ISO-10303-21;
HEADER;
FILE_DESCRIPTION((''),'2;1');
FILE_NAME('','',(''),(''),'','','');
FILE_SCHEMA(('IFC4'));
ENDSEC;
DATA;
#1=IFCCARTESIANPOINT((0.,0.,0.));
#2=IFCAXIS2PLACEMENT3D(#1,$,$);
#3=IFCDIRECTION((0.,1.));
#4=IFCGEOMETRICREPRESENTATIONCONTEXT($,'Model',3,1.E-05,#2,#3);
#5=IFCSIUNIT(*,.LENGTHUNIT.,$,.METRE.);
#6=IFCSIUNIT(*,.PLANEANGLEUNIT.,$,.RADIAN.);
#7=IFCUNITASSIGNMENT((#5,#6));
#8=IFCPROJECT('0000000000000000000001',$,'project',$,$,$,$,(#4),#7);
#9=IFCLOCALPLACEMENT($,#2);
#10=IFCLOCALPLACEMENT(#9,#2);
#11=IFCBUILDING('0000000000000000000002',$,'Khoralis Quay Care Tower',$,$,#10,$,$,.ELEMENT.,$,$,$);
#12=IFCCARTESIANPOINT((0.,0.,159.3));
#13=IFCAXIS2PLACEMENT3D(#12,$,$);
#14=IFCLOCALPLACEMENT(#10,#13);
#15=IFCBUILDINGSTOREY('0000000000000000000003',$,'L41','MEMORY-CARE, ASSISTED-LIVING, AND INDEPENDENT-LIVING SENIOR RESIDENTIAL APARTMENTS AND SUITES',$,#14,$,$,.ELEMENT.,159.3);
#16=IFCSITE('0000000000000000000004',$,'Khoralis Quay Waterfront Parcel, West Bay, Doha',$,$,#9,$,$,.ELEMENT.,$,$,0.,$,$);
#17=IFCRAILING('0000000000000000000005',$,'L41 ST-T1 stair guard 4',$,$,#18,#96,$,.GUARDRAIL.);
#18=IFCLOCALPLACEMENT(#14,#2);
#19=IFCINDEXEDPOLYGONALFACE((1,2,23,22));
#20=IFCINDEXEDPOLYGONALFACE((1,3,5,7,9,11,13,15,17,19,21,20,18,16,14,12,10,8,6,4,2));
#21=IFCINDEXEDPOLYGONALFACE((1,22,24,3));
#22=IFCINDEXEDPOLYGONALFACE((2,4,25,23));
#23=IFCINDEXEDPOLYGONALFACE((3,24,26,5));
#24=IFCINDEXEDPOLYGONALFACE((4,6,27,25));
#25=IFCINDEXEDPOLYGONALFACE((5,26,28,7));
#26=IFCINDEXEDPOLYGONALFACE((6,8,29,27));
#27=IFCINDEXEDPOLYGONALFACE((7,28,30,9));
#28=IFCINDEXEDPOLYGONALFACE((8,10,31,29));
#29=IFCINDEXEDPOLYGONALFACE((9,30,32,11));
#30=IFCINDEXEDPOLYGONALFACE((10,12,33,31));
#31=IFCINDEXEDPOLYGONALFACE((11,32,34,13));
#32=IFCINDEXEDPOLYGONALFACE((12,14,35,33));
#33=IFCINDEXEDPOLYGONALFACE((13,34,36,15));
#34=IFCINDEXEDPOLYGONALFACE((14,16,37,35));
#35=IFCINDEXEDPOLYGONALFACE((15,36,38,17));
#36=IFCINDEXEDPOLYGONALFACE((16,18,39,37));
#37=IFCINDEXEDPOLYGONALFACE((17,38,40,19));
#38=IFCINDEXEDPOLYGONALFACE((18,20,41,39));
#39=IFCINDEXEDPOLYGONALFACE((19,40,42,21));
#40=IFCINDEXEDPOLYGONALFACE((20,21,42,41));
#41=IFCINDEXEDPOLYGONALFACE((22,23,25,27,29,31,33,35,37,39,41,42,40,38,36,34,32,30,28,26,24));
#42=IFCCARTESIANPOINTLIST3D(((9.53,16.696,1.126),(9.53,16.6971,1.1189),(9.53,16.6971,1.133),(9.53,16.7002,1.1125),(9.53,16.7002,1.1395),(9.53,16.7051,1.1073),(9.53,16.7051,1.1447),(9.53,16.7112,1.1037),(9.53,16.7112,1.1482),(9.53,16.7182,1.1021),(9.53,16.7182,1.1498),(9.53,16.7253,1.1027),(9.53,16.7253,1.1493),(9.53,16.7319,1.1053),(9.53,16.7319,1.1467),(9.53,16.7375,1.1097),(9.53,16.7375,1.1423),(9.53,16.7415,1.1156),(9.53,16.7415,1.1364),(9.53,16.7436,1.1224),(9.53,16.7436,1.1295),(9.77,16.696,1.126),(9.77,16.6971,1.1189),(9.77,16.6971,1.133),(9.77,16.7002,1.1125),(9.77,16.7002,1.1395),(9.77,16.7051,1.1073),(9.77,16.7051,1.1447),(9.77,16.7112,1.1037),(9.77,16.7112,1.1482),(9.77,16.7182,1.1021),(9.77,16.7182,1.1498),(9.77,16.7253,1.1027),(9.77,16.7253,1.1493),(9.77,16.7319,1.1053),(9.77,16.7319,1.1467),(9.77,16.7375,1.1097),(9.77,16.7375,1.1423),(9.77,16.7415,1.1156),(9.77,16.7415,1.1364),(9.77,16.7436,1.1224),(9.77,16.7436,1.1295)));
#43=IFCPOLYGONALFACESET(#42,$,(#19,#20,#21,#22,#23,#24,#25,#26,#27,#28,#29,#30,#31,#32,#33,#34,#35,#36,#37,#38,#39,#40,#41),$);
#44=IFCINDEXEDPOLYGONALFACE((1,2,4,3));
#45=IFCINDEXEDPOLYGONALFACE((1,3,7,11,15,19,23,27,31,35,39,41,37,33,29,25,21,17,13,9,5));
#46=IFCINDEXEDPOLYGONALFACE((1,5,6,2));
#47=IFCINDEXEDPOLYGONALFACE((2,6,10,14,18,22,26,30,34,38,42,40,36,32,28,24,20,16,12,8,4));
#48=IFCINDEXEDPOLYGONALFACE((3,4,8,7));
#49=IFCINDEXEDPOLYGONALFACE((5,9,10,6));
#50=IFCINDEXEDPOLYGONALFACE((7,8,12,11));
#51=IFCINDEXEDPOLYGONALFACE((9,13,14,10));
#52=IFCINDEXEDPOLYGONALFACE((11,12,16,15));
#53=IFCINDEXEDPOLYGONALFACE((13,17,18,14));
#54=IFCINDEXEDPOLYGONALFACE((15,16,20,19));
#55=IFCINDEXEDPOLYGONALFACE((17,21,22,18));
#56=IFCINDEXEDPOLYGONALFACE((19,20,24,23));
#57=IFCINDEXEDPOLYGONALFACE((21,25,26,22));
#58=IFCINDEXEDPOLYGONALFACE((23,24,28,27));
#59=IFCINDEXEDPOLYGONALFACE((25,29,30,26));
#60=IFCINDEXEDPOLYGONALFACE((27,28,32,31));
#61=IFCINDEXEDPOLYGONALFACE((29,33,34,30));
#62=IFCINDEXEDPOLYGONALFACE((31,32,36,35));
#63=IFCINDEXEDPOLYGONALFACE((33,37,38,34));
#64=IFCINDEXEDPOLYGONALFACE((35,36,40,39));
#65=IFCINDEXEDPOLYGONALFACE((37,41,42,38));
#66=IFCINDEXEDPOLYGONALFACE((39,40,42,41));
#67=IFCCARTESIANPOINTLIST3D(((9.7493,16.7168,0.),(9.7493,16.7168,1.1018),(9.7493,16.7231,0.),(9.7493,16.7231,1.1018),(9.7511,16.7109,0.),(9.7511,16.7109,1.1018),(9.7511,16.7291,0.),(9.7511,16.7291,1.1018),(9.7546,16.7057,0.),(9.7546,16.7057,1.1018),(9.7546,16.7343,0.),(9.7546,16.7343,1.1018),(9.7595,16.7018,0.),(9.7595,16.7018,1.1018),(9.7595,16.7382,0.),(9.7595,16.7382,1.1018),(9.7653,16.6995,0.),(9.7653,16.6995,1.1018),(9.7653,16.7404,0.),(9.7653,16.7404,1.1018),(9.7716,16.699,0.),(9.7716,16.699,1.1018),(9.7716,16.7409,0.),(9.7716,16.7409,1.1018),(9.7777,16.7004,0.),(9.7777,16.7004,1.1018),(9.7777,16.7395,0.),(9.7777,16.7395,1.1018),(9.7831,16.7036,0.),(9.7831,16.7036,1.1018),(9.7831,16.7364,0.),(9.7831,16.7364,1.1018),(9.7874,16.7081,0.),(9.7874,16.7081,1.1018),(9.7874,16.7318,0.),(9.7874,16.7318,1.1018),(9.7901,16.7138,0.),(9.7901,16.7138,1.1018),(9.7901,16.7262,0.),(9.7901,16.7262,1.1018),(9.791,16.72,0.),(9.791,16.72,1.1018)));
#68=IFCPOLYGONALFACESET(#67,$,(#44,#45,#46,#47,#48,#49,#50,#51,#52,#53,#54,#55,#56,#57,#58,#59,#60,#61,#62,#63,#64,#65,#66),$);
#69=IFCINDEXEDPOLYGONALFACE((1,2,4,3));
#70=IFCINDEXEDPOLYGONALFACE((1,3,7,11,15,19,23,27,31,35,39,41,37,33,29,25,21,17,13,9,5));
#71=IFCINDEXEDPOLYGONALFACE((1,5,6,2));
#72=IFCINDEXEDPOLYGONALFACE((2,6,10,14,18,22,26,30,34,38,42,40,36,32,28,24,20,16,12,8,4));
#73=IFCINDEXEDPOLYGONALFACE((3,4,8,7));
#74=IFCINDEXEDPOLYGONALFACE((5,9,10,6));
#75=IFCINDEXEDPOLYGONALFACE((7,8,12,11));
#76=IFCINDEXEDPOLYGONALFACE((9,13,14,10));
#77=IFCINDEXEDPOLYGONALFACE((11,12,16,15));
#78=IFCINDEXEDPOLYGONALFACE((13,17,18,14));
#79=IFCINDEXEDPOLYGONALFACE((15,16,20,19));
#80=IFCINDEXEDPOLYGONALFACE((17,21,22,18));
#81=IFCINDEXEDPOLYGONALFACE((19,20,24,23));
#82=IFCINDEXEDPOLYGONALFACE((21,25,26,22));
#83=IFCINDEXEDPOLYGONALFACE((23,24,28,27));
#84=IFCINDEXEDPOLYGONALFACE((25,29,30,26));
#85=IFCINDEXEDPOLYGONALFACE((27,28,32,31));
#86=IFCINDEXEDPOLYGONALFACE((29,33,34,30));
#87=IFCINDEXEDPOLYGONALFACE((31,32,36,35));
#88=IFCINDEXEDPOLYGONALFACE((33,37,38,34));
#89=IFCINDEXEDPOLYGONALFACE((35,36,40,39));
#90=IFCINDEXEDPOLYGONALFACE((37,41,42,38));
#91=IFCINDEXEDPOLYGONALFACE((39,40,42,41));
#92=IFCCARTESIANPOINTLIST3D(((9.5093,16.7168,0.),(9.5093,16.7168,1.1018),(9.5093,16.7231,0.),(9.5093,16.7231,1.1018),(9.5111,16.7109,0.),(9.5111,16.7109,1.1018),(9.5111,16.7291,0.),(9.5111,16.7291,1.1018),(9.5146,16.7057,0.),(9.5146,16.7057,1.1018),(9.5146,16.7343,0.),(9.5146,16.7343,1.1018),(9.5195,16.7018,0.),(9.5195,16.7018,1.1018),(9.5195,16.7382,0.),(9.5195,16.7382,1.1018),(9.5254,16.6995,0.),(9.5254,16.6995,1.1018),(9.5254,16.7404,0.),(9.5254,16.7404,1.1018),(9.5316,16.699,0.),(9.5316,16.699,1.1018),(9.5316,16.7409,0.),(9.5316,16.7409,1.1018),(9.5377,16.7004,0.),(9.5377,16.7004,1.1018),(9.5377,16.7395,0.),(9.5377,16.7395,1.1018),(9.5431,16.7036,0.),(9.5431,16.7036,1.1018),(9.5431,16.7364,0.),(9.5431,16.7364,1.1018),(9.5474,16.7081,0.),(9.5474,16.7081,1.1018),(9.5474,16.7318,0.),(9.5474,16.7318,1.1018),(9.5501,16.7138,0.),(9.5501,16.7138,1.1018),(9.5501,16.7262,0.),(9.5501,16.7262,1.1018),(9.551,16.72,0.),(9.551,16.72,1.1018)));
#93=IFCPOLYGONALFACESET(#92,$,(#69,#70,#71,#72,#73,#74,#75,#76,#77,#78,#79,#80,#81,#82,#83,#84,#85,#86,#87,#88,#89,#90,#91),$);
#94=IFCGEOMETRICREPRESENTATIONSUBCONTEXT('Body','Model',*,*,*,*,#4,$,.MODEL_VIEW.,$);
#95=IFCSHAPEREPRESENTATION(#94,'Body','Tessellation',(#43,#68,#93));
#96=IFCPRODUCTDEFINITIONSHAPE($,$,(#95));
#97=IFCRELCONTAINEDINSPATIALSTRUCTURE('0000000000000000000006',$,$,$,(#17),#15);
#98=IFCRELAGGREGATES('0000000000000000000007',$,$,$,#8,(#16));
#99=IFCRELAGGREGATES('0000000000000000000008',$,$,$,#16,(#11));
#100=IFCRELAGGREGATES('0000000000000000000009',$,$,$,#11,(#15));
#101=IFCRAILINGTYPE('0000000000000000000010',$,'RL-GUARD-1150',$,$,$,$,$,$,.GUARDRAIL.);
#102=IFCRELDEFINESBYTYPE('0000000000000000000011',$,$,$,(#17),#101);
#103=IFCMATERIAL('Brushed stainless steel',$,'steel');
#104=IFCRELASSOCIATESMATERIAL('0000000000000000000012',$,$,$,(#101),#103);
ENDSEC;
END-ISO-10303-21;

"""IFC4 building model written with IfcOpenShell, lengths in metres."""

from ifc_helpers import new_model, si_unit, direction, frame, origin, origin_2d, place, context, subcontext, project, spatial, circle, extrude, material, type_object, element, save


model = new_model("IFC4")

# Units and contexts
model_context = context("Model", 3, precision=1e-05, world=origin(), true_north=direction((0.0, 1.0)))
body_context = subcontext(model_context, "Body", "Model", "MODEL_VIEW")
ifc_project = project(units=[si_unit("LENGTHUNIT", "METRE"), si_unit("PLANEANGLEUNIT", "RADIAN")], contexts=[model_context])

# Site, building, storey
site_placement = place(None, origin())
site = spatial("IfcSite", under=ifc_project, at=site_placement, Name="Khoralis Quay Waterfront Parcel, West Bay, Doha", CompositionType="ELEMENT", RefElevation=0.0)
building_placement = place(site_placement, origin())
building = spatial("IfcBuilding", under=site, at=building_placement, Name="Khoralis Quay Care Tower", CompositionType="ELEMENT")
storey_placement = place(building_placement, frame((0.0, 0.0, 159.3)))
storey = spatial("IfcBuildingStorey", under=building, at=storey_placement, Name="L41", Description="MEMORY-CARE, ASSISTED-LIVING, AND INDEPENDENT-LIVING SENIOR RESIDENTIAL APARTMENTS AND SUITES", CompositionType="ELEMENT", Elevation=159.3)

# Railing
ifc_material_1 = material(Name="Brushed stainless steel", Category="steel")
railing_type_1 = type_object("IfcRailingType", Name="RL-GUARD-1150", PredefinedType="GUARDRAIL", material=ifc_material_1)
railing_1_placement = place(storey_placement, frame((9.77, 16.72, 0.0)))
element("IfcRailing", 1, at=railing_1_placement, inside=storey, type_object=railing_type_1, Name="L41 ST-T1 stair guard 4", PredefinedType="GUARDRAIL", context=body_context, shape_type="SweptSolid", body=[
    extrude(circle(Radius=0.0239, at=origin_2d()), frame((0.0, 0.0, 1.126), z_axis=(-1.0, 0.0, 0.0), x_axis=(0.0, -1.0, 0.0)), (0.0, 0.0, 1.0), 0.24),
    extrude(circle(Radius=0.021, at=origin_2d()), origin(), (0.0, 0.0, 1.0), 1.1018),
    extrude(circle(Radius=0.021, at=origin_2d()), frame((-0.24, 0.0, 0.0)), (0.0, 0.0, 1.0), 1.1018),
])

save(model, "model.ifc")
